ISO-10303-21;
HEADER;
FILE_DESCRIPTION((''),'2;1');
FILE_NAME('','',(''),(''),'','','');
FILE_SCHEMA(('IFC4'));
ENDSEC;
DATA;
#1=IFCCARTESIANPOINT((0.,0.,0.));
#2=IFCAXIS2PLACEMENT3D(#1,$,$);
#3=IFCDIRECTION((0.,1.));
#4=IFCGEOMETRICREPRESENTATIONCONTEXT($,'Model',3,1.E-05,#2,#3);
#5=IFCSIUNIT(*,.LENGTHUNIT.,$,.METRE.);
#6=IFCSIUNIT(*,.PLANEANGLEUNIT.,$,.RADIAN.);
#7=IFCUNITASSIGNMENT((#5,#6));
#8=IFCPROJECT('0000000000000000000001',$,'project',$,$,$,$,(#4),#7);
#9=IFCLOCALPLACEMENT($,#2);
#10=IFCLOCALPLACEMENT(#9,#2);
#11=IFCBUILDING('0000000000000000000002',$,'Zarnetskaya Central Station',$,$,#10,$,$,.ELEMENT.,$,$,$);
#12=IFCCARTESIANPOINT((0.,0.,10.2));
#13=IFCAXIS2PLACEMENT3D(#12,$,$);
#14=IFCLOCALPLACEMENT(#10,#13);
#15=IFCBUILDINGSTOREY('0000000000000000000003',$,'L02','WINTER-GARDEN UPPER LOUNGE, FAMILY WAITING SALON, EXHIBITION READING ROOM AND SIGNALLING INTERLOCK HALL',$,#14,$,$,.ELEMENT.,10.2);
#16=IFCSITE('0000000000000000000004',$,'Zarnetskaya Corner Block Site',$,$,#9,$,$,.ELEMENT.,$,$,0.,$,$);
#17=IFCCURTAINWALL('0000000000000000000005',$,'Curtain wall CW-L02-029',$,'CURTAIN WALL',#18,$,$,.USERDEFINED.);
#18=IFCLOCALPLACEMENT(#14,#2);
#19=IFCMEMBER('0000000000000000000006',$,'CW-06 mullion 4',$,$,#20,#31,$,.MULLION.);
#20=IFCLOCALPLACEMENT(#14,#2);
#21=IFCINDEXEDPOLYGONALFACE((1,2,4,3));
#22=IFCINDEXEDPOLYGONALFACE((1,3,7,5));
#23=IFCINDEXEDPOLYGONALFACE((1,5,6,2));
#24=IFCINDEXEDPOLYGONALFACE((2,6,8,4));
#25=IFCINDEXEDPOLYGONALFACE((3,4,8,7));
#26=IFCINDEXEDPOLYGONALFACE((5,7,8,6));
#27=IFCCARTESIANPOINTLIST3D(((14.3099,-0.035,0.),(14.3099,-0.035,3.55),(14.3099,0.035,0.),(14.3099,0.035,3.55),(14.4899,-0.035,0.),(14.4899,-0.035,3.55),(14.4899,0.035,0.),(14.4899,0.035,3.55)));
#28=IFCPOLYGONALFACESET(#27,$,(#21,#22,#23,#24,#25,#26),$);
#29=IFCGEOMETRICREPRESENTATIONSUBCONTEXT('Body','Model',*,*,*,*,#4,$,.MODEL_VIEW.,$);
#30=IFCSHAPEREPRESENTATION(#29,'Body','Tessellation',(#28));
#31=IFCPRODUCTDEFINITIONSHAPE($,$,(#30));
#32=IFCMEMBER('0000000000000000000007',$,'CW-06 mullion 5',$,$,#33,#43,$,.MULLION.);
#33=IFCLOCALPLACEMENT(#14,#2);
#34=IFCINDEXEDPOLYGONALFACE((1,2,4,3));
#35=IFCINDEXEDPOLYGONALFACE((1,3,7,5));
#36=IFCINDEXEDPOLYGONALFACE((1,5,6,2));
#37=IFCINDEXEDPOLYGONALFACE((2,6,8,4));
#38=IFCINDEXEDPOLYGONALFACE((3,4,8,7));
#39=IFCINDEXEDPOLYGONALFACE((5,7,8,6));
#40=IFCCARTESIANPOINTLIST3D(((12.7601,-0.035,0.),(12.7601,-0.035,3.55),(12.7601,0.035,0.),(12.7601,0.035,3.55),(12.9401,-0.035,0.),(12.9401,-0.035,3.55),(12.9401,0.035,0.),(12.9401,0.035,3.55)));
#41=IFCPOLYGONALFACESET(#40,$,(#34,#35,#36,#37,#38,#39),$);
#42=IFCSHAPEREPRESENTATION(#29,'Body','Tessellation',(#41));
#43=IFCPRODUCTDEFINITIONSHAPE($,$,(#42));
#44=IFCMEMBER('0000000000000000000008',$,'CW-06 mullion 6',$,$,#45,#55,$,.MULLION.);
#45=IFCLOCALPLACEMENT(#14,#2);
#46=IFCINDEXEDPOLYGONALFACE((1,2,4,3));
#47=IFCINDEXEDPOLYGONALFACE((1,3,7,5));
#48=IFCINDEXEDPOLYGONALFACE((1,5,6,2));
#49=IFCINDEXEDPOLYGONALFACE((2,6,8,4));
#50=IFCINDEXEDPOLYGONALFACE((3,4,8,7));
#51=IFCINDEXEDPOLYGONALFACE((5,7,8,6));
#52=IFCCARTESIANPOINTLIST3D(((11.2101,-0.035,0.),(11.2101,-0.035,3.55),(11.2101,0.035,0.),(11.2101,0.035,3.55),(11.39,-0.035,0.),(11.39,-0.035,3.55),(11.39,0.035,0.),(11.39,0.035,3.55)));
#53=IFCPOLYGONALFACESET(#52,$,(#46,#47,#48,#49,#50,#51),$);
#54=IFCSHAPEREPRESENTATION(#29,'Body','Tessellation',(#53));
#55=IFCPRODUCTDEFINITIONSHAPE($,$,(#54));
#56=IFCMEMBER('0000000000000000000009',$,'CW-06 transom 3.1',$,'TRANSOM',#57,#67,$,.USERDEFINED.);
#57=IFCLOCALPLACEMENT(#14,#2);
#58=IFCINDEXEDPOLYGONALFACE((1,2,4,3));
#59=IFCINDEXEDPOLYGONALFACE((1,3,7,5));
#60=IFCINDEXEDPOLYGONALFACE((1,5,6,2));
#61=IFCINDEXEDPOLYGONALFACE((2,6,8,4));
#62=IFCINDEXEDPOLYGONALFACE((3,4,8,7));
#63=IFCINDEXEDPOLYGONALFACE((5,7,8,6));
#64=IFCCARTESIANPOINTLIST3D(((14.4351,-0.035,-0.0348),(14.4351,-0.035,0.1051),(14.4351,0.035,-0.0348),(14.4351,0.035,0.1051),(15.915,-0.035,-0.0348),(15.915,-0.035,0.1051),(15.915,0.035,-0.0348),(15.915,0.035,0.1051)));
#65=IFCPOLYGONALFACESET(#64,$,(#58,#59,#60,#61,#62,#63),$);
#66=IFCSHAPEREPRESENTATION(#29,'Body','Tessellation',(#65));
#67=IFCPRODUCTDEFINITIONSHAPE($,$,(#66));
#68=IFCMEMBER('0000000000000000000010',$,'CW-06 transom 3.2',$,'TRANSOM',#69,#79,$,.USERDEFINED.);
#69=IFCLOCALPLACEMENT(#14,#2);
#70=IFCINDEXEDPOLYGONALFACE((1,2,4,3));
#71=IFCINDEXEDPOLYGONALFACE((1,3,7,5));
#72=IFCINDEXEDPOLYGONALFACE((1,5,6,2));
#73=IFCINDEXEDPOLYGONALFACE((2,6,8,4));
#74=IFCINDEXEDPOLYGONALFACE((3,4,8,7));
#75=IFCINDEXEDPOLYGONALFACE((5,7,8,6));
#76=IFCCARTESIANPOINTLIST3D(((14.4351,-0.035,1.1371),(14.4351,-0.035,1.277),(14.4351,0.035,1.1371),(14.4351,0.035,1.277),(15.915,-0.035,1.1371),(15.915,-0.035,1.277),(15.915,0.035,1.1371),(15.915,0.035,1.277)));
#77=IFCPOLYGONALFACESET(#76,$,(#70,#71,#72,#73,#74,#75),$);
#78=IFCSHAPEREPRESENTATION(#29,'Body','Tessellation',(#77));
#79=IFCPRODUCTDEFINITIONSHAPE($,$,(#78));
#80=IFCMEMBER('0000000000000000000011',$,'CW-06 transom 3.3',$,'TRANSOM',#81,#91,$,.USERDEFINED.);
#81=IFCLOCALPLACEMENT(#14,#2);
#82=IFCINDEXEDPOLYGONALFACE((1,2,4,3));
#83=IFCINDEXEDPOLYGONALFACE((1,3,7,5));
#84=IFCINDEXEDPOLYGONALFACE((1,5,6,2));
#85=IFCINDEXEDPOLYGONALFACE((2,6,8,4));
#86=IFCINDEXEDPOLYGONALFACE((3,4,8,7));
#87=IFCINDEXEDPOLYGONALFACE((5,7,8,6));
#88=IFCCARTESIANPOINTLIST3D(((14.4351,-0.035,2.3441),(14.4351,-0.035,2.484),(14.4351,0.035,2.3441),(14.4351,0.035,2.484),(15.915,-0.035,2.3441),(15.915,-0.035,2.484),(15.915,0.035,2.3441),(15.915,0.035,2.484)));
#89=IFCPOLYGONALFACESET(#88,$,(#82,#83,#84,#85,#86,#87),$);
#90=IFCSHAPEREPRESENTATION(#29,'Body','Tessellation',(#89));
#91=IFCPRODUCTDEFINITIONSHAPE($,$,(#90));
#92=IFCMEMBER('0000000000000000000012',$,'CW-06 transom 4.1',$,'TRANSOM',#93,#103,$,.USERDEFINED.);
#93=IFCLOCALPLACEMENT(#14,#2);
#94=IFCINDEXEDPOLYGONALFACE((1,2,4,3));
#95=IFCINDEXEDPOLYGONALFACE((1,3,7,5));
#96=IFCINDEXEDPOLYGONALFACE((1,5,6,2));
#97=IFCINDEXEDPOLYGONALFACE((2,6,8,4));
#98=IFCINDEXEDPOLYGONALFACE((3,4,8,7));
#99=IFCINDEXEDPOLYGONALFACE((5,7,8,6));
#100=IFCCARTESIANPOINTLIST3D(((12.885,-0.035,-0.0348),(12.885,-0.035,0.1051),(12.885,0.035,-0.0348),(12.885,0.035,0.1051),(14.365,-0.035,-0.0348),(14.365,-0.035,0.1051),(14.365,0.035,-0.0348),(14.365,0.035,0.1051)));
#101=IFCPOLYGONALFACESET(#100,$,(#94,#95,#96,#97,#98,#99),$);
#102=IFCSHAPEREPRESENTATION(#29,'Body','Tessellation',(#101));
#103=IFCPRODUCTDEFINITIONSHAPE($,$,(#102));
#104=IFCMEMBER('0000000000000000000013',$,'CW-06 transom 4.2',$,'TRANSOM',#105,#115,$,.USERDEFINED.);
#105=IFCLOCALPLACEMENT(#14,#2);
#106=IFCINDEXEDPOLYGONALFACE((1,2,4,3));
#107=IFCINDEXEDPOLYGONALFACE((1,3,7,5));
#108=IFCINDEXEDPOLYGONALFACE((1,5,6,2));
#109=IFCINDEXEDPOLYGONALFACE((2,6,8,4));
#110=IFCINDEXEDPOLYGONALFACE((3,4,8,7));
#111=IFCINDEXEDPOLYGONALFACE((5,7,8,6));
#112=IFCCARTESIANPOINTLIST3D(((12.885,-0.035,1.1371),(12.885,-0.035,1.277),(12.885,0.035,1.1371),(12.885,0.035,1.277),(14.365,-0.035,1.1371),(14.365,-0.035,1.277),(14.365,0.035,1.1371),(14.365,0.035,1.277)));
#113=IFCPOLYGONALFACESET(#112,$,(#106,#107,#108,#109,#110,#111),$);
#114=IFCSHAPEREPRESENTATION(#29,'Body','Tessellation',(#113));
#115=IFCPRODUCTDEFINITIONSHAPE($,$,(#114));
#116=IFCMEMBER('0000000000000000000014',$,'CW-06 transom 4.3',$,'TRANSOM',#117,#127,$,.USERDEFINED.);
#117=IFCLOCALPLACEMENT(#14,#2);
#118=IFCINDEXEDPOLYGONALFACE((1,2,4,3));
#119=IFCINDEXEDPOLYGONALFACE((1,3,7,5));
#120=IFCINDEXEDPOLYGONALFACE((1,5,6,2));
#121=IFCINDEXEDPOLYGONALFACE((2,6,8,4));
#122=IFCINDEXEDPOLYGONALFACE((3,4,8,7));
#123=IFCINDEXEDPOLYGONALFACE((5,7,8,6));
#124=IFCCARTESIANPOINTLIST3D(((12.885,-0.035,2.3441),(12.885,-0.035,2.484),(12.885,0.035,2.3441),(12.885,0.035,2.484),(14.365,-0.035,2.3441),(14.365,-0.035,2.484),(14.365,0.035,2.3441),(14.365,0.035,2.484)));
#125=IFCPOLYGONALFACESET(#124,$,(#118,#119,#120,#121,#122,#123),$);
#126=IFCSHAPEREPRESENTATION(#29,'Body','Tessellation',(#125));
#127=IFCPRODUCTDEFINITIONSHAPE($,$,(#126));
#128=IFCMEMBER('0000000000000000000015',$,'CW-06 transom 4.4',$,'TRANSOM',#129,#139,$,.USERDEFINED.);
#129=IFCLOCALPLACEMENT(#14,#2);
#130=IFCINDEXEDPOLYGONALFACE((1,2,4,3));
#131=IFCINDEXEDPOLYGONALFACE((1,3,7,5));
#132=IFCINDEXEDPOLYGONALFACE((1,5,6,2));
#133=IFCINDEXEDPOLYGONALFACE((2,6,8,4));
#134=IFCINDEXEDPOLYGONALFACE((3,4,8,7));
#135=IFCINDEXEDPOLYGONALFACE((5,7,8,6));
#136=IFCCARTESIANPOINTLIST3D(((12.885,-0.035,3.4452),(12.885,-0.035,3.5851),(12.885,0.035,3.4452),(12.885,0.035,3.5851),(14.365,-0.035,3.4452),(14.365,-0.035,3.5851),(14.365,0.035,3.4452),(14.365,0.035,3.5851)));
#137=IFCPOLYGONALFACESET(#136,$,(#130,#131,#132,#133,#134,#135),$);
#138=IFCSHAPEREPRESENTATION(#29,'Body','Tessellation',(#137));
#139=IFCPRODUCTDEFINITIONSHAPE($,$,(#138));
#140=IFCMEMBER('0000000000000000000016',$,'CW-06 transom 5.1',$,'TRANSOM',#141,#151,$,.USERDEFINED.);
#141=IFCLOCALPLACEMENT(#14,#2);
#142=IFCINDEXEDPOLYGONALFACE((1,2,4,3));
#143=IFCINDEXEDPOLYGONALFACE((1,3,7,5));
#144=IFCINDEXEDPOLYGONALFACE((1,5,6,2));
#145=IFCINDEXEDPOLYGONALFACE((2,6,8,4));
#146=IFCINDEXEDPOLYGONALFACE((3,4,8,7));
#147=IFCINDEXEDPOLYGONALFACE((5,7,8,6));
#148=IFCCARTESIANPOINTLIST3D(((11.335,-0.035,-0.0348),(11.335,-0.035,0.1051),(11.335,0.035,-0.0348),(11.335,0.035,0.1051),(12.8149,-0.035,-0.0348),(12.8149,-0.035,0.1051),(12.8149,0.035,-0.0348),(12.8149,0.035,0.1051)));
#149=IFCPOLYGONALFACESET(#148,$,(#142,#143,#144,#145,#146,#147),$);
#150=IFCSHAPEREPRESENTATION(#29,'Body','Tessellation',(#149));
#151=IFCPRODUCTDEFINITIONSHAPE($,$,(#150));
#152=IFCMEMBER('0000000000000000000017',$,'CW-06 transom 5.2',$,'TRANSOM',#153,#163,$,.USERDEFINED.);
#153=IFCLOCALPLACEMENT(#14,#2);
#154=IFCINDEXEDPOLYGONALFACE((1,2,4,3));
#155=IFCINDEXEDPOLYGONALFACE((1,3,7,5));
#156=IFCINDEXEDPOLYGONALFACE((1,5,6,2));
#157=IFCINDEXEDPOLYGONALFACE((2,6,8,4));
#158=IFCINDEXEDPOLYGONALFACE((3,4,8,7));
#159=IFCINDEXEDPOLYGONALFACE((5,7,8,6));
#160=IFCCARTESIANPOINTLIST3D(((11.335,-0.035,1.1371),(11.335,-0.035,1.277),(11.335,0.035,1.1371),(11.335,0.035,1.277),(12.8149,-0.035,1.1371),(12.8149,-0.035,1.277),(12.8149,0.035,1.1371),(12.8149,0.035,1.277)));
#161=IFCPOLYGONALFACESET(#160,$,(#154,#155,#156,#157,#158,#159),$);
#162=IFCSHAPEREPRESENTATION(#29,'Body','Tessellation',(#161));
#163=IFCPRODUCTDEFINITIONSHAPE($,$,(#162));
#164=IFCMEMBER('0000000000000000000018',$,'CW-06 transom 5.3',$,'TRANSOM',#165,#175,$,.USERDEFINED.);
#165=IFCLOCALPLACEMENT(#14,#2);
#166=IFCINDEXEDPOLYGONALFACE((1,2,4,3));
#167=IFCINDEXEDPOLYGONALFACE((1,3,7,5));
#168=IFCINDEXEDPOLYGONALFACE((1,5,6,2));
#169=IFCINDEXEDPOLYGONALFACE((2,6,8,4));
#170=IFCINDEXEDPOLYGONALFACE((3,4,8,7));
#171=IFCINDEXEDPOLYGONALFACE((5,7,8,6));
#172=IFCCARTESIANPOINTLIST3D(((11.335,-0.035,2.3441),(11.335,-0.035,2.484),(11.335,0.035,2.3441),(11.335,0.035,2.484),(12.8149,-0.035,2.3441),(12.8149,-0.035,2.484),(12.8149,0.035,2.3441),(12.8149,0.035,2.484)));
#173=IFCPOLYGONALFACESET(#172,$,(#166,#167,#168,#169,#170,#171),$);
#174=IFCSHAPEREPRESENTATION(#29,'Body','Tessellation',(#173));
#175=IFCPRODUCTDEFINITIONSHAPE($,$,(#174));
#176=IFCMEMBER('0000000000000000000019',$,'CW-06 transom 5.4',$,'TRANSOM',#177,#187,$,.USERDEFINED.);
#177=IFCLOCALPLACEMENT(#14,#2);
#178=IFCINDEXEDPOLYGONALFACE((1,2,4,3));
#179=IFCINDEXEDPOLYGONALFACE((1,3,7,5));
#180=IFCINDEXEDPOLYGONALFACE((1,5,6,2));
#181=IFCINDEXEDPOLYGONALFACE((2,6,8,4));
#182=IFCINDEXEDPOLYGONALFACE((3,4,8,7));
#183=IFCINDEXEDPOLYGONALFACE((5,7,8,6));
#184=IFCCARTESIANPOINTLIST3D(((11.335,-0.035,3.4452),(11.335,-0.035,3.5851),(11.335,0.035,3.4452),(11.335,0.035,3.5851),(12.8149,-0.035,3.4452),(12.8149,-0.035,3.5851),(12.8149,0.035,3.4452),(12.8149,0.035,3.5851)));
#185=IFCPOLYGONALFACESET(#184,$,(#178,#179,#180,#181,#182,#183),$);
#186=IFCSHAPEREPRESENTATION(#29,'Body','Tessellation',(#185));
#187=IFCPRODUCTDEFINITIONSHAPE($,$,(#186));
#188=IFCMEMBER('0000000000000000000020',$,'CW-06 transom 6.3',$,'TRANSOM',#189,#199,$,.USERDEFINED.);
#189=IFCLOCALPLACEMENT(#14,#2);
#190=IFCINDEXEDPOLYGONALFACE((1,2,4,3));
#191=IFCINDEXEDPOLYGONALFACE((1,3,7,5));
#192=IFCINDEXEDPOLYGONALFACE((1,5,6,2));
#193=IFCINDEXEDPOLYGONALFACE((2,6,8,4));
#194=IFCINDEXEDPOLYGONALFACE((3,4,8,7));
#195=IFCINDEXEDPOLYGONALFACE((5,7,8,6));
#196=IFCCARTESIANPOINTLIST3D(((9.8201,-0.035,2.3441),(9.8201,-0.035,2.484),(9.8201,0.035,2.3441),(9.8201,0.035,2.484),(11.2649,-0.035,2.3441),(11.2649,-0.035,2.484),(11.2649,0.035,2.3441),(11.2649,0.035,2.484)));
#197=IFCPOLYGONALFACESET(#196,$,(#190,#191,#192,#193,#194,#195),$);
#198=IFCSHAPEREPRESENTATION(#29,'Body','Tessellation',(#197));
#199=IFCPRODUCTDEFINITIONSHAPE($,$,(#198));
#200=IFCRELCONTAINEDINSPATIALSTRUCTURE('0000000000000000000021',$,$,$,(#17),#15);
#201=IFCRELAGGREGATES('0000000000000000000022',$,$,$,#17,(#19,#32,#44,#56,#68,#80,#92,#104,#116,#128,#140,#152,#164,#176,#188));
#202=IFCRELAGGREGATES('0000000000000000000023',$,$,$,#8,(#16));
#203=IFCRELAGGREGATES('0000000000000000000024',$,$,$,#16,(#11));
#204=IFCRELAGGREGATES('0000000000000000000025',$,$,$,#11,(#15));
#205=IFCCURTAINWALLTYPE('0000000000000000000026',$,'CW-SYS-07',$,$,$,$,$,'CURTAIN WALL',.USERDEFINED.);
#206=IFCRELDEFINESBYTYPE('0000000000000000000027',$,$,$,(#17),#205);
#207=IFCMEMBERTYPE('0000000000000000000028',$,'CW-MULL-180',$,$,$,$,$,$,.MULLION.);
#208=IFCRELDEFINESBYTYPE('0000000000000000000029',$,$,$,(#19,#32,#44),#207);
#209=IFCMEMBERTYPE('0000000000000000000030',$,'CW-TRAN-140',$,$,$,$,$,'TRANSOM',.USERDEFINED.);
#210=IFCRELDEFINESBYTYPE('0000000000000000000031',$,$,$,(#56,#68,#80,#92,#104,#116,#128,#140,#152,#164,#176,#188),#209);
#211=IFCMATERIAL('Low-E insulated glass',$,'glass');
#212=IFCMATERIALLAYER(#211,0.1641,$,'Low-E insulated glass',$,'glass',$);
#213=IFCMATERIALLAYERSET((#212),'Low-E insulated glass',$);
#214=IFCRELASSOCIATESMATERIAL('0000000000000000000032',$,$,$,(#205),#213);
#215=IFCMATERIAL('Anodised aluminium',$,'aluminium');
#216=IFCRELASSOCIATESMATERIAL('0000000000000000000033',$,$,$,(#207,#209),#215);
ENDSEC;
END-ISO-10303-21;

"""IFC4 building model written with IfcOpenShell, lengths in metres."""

from ifc_helpers import new_model, si_unit, direction, frame, origin, origin_2d, place, context, subcontext, project, spatial, rectangle, extrude, material, layer, layer_set, material_profile, profile_set, type_object, element, aggregate, save


model = new_model("IFC4")

# Units and contexts
model_context = context("Model", 3, precision=1e-05, world=origin(), true_north=direction((0.0, 1.0)))
body_context = subcontext(model_context, "Body", "Model", "MODEL_VIEW")
ifc_project = project(units=[si_unit("LENGTHUNIT", "METRE"), si_unit("PLANEANGLEUNIT", "RADIAN")], contexts=[model_context])

# Site, building, storey
site_placement = place(None, origin())
site = spatial("IfcSite", under=ifc_project, at=site_placement, Name="Zarnetskaya Corner Block Site", CompositionType="ELEMENT", RefElevation=0.0)
building_placement = place(site_placement, origin())
building = spatial("IfcBuilding", under=site, at=building_placement, Name="Zarnetskaya Central Station", CompositionType="ELEMENT")
storey_placement = place(building_placement, frame((0.0, 0.0, 10.2)))
storey = spatial("IfcBuildingStorey", under=building, at=storey_placement, Name="L02", Description="WINTER-GARDEN UPPER LOUNGE, FAMILY WAITING SALON, EXHIBITION READING ROOM AND SIGNALLING INTERLOCK HALL", CompositionType="ELEMENT", Elevation=10.2)

# Curtain wall, members
ifc_material_1 = material(Name="Low-E insulated glass", Category="glass")
ifc_layer_1 = layer(ifc_material_1, 0.1641, Name="Low-E insulated glass", Category="glass")
ifc_layer_set_1 = layer_set([ifc_layer_1], Name="Low-E insulated glass")
curtain_wall_type = type_object("IfcCurtainWallType", Name="CW-SYS-07", ElementType="CURTAIN WALL", PredefinedType="USERDEFINED", material=ifc_layer_set_1)
curtain_wall_placement = place(storey_placement, origin())
curtain_wall = element("IfcCurtainWall", 1, at=curtain_wall_placement, inside=storey, type_object=curtain_wall_type, Name="Curtain wall CW-L02-029", ObjectType="CURTAIN WALL", PredefinedType="USERDEFINED")
ifc_material_2 = material(Name="Anodised aluminium", Category="aluminium")
ifc_material_profile_1 = material_profile(ifc_material_2, rectangle(XDim=0.0701, YDim=0.1799, at=origin_2d()), Name="ALU MULL 70x180")
ifc_profile_set_1 = profile_set([ifc_material_profile_1], Name="Anodised aluminium")
member_type_1 = type_object("IfcMemberType", Name="CW-MULL-180", PredefinedType="MULLION", material=ifc_profile_set_1)
member_1_placement = place(storey_placement, frame((14.3999, 0.0, 0.0), z_axis=(0.0, 0.0, 1.0), x_axis=(0.0, -1.0, 0.0)))
member_1 = element("IfcMember", 2, at=member_1_placement, type_object=member_type_1, Name="CW-06 mullion 4", PredefinedType="MULLION", context=body_context, shape_type="SweptSolid", body=[
    extrude(rectangle(XDim=0.0701, YDim=0.1799, at=origin_2d()), origin(), (0.0, 0.0, 1.0), 3.55),
])
member_2_placement = place(storey_placement, frame((12.8501, 0.0, 0.0), z_axis=(0.0, 0.0, 1.0), x_axis=(0.0, -1.0, 0.0)))
member_2 = element("IfcMember", 3, at=member_2_placement, type_object=member_type_1, Name="CW-06 mullion 5", PredefinedType="MULLION", context=body_context, shape_type="SweptSolid", body=[
    extrude(rectangle(XDim=0.0701, YDim=0.1799, at=origin_2d()), origin(), (0.0, 0.0, 1.0), 3.55),
])
member_3_placement = place(storey_placement, frame((11.3, 0.0, 0.0), z_axis=(0.0, 0.0, 1.0), x_axis=(0.0, -1.0, 0.0)))
member_3 = element("IfcMember", 4, at=member_3_placement, type_object=member_type_1, Name="CW-06 mullion 6", PredefinedType="MULLION", context=body_context, shape_type="SweptSolid", body=[
    extrude(rectangle(XDim=0.0701, YDim=0.1799, at=origin_2d()), origin(), (0.0, 0.0, 1.0), 3.55),
])
ifc_material_profile_2 = material_profile(ifc_material_2, rectangle(XDim=0.0701, YDim=0.1399, at=origin_2d()), Name="ALU TRAN 70x140")
ifc_profile_set_2 = profile_set([ifc_material_profile_2], Name="Anodised aluminium")
member_type_2 = type_object("IfcMemberType", Name="CW-TRAN-140", ElementType="TRANSOM", PredefinedType="USERDEFINED", material=ifc_profile_set_2)
member_4_placement = place(storey_placement, frame((15.915, 0.0, 0.0352), z_axis=(-1.0, 0.0, 0.0), x_axis=(0.0, -1.0, 0.0)))
member_4 = element("IfcMember", 5, at=member_4_placement, type_object=member_type_2, Name="CW-06 transom 3.1", ObjectType="TRANSOM", PredefinedType="USERDEFINED", context=body_context, shape_type="SweptSolid", body=[
    extrude(rectangle(XDim=0.0701, YDim=0.1399, at=origin_2d()), origin(), (0.0, 0.0, 1.0), 1.48),
])
member_5_placement = place(storey_placement, frame((15.915, 0.0, 1.207), z_axis=(-1.0, 0.0, 0.0), x_axis=(0.0, -1.0, 0.0)))
member_5 = element("IfcMember", 6, at=member_5_placement, type_object=member_type_2, Name="CW-06 transom 3.2", ObjectType="TRANSOM", PredefinedType="USERDEFINED", context=body_context, shape_type="SweptSolid", body=[
    extrude(rectangle(XDim=0.0701, YDim=0.1399, at=origin_2d()), origin(), (0.0, 0.0, 1.0), 1.48),
])
member_6_placement = place(storey_placement, frame((15.915, 0.0, 2.4141), z_axis=(-1.0, 0.0, 0.0), x_axis=(0.0, -1.0, 0.0)))
member_6 = element("IfcMember", 7, at=member_6_placement, type_object=member_type_2, Name="CW-06 transom 3.3", ObjectType="TRANSOM", PredefinedType="USERDEFINED", context=body_context, shape_type="SweptSolid", body=[
    extrude(rectangle(XDim=0.0701, YDim=0.1399, at=origin_2d()), origin(), (0.0, 0.0, 1.0), 1.48),
])
member_7_placement = place(storey_placement, frame((14.365, 0.0, 0.0352), z_axis=(-1.0, 0.0, 0.0), x_axis=(0.0, -1.0, 0.0)))
member_7 = element("IfcMember", 8, at=member_7_placement, type_object=member_type_2, Name="CW-06 transom 4.1", ObjectType="TRANSOM", PredefinedType="USERDEFINED", context=body_context, shape_type="SweptSolid", body=[
    extrude(rectangle(XDim=0.0701, YDim=0.1399, at=origin_2d()), origin(), (0.0, 0.0, 1.0), 1.48),
])
member_8_placement = place(storey_placement, frame((14.365, 0.0, 1.207), z_axis=(-1.0, 0.0, 0.0), x_axis=(0.0, -1.0, 0.0)))
member_8 = element("IfcMember", 9, at=member_8_placement, type_object=member_type_2, Name="CW-06 transom 4.2", ObjectType="TRANSOM", PredefinedType="USERDEFINED", context=body_context, shape_type="SweptSolid", body=[
    extrude(rectangle(XDim=0.0701, YDim=0.1399, at=origin_2d()), origin(), (0.0, 0.0, 1.0), 1.48),
])
member_9_placement = place(storey_placement, frame((14.365, 0.0, 2.4141), z_axis=(-1.0, 0.0, 0.0), x_axis=(0.0, -1.0, 0.0)))
member_9 = element("IfcMember", 10, at=member_9_placement, type_object=member_type_2, Name="CW-06 transom 4.3", ObjectType="TRANSOM", PredefinedType="USERDEFINED", context=body_context, shape_type="SweptSolid", body=[
    extrude(rectangle(XDim=0.0701, YDim=0.1399, at=origin_2d()), origin(), (0.0, 0.0, 1.0), 1.48),
])
member_10_placement = place(storey_placement, frame((14.365, 0.0, 3.5151), z_axis=(-1.0, 0.0, 0.0), x_axis=(0.0, -1.0, 0.0)))
member_10 = element("IfcMember", 11, at=member_10_placement, type_object=member_type_2, Name="CW-06 transom 4.4", ObjectType="TRANSOM", PredefinedType="USERDEFINED", context=body_context, shape_type="SweptSolid", body=[
    extrude(rectangle(XDim=0.0701, YDim=0.1399, at=origin_2d()), origin(), (0.0, 0.0, 1.0), 1.48),
])
member_11_placement = place(storey_placement, frame((12.8149, 0.0, 0.0352), z_axis=(-1.0, 0.0, 0.0), x_axis=(0.0, -1.0, 0.0)))
member_11 = element("IfcMember", 12, at=member_11_placement, type_object=member_type_2, Name="CW-06 transom 5.1", ObjectType="TRANSOM", PredefinedType="USERDEFINED", context=body_context, shape_type="SweptSolid", body=[
    extrude(rectangle(XDim=0.0701, YDim=0.1399, at=origin_2d()), origin(), (0.0, 0.0, 1.0), 1.48),
])
member_12_placement = place(storey_placement, frame((12.8149, 0.0, 1.207), z_axis=(-1.0, 0.0, 0.0), x_axis=(0.0, -1.0, 0.0)))
member_12 = element("IfcMember", 13, at=member_12_placement, type_object=member_type_2, Name="CW-06 transom 5.2", ObjectType="TRANSOM", PredefinedType="USERDEFINED", context=body_context, shape_type="SweptSolid", body=[
    extrude(rectangle(XDim=0.0701, YDim=0.1399, at=origin_2d()), origin(), (0.0, 0.0, 1.0), 1.48),
])
member_13_placement = place(storey_placement, frame((12.8149, 0.0, 2.4141), z_axis=(-1.0, 0.0, 0.0), x_axis=(0.0, -1.0, 0.0)))
member_13 = element("IfcMember", 14, at=member_13_placement, type_object=member_type_2, Name="CW-06 transom 5.3", ObjectType="TRANSOM", PredefinedType="USERDEFINED", context=body_context, shape_type="SweptSolid", body=[
    extrude(rectangle(XDim=0.0701, YDim=0.1399, at=origin_2d()), origin(), (0.0, 0.0, 1.0), 1.48),
])
member_14_placement = place(storey_placement, frame((12.8149, 0.0, 3.5151), z_axis=(-1.0, 0.0, 0.0), x_axis=(0.0, -1.0, 0.0)))
member_14 = element("IfcMember", 15, at=member_14_placement, type_object=member_type_2, Name="CW-06 transom 5.4", ObjectType="TRANSOM", PredefinedType="USERDEFINED", context=body_context, shape_type="SweptSolid", body=[
    extrude(rectangle(XDim=0.0701, YDim=0.1399, at=origin_2d()), origin(), (0.0, 0.0, 1.0), 1.48),
])
member_15_placement = place(storey_placement, frame((11.2649, 0.0, 2.4141), z_axis=(-1.0, 0.0, 0.0), x_axis=(0.0, -1.0, 0.0)))
member_15 = element("IfcMember", 16, at=member_15_placement, type_object=member_type_2, Name="CW-06 transom 6.3", ObjectType="TRANSOM", PredefinedType="USERDEFINED", context=body_context, shape_type="SweptSolid", body=[
    extrude(rectangle(XDim=0.0701, YDim=0.1399, at=origin_2d()), origin(), (0.0, 0.0, 1.0), 1.4448),
])
aggregate(curtain_wall, [member_1, member_2, member_3, member_4, member_5, member_6, member_7, member_8, member_9, member_10, member_11, member_12, member_13, member_14, member_15])

save(model, "model.ifc")
